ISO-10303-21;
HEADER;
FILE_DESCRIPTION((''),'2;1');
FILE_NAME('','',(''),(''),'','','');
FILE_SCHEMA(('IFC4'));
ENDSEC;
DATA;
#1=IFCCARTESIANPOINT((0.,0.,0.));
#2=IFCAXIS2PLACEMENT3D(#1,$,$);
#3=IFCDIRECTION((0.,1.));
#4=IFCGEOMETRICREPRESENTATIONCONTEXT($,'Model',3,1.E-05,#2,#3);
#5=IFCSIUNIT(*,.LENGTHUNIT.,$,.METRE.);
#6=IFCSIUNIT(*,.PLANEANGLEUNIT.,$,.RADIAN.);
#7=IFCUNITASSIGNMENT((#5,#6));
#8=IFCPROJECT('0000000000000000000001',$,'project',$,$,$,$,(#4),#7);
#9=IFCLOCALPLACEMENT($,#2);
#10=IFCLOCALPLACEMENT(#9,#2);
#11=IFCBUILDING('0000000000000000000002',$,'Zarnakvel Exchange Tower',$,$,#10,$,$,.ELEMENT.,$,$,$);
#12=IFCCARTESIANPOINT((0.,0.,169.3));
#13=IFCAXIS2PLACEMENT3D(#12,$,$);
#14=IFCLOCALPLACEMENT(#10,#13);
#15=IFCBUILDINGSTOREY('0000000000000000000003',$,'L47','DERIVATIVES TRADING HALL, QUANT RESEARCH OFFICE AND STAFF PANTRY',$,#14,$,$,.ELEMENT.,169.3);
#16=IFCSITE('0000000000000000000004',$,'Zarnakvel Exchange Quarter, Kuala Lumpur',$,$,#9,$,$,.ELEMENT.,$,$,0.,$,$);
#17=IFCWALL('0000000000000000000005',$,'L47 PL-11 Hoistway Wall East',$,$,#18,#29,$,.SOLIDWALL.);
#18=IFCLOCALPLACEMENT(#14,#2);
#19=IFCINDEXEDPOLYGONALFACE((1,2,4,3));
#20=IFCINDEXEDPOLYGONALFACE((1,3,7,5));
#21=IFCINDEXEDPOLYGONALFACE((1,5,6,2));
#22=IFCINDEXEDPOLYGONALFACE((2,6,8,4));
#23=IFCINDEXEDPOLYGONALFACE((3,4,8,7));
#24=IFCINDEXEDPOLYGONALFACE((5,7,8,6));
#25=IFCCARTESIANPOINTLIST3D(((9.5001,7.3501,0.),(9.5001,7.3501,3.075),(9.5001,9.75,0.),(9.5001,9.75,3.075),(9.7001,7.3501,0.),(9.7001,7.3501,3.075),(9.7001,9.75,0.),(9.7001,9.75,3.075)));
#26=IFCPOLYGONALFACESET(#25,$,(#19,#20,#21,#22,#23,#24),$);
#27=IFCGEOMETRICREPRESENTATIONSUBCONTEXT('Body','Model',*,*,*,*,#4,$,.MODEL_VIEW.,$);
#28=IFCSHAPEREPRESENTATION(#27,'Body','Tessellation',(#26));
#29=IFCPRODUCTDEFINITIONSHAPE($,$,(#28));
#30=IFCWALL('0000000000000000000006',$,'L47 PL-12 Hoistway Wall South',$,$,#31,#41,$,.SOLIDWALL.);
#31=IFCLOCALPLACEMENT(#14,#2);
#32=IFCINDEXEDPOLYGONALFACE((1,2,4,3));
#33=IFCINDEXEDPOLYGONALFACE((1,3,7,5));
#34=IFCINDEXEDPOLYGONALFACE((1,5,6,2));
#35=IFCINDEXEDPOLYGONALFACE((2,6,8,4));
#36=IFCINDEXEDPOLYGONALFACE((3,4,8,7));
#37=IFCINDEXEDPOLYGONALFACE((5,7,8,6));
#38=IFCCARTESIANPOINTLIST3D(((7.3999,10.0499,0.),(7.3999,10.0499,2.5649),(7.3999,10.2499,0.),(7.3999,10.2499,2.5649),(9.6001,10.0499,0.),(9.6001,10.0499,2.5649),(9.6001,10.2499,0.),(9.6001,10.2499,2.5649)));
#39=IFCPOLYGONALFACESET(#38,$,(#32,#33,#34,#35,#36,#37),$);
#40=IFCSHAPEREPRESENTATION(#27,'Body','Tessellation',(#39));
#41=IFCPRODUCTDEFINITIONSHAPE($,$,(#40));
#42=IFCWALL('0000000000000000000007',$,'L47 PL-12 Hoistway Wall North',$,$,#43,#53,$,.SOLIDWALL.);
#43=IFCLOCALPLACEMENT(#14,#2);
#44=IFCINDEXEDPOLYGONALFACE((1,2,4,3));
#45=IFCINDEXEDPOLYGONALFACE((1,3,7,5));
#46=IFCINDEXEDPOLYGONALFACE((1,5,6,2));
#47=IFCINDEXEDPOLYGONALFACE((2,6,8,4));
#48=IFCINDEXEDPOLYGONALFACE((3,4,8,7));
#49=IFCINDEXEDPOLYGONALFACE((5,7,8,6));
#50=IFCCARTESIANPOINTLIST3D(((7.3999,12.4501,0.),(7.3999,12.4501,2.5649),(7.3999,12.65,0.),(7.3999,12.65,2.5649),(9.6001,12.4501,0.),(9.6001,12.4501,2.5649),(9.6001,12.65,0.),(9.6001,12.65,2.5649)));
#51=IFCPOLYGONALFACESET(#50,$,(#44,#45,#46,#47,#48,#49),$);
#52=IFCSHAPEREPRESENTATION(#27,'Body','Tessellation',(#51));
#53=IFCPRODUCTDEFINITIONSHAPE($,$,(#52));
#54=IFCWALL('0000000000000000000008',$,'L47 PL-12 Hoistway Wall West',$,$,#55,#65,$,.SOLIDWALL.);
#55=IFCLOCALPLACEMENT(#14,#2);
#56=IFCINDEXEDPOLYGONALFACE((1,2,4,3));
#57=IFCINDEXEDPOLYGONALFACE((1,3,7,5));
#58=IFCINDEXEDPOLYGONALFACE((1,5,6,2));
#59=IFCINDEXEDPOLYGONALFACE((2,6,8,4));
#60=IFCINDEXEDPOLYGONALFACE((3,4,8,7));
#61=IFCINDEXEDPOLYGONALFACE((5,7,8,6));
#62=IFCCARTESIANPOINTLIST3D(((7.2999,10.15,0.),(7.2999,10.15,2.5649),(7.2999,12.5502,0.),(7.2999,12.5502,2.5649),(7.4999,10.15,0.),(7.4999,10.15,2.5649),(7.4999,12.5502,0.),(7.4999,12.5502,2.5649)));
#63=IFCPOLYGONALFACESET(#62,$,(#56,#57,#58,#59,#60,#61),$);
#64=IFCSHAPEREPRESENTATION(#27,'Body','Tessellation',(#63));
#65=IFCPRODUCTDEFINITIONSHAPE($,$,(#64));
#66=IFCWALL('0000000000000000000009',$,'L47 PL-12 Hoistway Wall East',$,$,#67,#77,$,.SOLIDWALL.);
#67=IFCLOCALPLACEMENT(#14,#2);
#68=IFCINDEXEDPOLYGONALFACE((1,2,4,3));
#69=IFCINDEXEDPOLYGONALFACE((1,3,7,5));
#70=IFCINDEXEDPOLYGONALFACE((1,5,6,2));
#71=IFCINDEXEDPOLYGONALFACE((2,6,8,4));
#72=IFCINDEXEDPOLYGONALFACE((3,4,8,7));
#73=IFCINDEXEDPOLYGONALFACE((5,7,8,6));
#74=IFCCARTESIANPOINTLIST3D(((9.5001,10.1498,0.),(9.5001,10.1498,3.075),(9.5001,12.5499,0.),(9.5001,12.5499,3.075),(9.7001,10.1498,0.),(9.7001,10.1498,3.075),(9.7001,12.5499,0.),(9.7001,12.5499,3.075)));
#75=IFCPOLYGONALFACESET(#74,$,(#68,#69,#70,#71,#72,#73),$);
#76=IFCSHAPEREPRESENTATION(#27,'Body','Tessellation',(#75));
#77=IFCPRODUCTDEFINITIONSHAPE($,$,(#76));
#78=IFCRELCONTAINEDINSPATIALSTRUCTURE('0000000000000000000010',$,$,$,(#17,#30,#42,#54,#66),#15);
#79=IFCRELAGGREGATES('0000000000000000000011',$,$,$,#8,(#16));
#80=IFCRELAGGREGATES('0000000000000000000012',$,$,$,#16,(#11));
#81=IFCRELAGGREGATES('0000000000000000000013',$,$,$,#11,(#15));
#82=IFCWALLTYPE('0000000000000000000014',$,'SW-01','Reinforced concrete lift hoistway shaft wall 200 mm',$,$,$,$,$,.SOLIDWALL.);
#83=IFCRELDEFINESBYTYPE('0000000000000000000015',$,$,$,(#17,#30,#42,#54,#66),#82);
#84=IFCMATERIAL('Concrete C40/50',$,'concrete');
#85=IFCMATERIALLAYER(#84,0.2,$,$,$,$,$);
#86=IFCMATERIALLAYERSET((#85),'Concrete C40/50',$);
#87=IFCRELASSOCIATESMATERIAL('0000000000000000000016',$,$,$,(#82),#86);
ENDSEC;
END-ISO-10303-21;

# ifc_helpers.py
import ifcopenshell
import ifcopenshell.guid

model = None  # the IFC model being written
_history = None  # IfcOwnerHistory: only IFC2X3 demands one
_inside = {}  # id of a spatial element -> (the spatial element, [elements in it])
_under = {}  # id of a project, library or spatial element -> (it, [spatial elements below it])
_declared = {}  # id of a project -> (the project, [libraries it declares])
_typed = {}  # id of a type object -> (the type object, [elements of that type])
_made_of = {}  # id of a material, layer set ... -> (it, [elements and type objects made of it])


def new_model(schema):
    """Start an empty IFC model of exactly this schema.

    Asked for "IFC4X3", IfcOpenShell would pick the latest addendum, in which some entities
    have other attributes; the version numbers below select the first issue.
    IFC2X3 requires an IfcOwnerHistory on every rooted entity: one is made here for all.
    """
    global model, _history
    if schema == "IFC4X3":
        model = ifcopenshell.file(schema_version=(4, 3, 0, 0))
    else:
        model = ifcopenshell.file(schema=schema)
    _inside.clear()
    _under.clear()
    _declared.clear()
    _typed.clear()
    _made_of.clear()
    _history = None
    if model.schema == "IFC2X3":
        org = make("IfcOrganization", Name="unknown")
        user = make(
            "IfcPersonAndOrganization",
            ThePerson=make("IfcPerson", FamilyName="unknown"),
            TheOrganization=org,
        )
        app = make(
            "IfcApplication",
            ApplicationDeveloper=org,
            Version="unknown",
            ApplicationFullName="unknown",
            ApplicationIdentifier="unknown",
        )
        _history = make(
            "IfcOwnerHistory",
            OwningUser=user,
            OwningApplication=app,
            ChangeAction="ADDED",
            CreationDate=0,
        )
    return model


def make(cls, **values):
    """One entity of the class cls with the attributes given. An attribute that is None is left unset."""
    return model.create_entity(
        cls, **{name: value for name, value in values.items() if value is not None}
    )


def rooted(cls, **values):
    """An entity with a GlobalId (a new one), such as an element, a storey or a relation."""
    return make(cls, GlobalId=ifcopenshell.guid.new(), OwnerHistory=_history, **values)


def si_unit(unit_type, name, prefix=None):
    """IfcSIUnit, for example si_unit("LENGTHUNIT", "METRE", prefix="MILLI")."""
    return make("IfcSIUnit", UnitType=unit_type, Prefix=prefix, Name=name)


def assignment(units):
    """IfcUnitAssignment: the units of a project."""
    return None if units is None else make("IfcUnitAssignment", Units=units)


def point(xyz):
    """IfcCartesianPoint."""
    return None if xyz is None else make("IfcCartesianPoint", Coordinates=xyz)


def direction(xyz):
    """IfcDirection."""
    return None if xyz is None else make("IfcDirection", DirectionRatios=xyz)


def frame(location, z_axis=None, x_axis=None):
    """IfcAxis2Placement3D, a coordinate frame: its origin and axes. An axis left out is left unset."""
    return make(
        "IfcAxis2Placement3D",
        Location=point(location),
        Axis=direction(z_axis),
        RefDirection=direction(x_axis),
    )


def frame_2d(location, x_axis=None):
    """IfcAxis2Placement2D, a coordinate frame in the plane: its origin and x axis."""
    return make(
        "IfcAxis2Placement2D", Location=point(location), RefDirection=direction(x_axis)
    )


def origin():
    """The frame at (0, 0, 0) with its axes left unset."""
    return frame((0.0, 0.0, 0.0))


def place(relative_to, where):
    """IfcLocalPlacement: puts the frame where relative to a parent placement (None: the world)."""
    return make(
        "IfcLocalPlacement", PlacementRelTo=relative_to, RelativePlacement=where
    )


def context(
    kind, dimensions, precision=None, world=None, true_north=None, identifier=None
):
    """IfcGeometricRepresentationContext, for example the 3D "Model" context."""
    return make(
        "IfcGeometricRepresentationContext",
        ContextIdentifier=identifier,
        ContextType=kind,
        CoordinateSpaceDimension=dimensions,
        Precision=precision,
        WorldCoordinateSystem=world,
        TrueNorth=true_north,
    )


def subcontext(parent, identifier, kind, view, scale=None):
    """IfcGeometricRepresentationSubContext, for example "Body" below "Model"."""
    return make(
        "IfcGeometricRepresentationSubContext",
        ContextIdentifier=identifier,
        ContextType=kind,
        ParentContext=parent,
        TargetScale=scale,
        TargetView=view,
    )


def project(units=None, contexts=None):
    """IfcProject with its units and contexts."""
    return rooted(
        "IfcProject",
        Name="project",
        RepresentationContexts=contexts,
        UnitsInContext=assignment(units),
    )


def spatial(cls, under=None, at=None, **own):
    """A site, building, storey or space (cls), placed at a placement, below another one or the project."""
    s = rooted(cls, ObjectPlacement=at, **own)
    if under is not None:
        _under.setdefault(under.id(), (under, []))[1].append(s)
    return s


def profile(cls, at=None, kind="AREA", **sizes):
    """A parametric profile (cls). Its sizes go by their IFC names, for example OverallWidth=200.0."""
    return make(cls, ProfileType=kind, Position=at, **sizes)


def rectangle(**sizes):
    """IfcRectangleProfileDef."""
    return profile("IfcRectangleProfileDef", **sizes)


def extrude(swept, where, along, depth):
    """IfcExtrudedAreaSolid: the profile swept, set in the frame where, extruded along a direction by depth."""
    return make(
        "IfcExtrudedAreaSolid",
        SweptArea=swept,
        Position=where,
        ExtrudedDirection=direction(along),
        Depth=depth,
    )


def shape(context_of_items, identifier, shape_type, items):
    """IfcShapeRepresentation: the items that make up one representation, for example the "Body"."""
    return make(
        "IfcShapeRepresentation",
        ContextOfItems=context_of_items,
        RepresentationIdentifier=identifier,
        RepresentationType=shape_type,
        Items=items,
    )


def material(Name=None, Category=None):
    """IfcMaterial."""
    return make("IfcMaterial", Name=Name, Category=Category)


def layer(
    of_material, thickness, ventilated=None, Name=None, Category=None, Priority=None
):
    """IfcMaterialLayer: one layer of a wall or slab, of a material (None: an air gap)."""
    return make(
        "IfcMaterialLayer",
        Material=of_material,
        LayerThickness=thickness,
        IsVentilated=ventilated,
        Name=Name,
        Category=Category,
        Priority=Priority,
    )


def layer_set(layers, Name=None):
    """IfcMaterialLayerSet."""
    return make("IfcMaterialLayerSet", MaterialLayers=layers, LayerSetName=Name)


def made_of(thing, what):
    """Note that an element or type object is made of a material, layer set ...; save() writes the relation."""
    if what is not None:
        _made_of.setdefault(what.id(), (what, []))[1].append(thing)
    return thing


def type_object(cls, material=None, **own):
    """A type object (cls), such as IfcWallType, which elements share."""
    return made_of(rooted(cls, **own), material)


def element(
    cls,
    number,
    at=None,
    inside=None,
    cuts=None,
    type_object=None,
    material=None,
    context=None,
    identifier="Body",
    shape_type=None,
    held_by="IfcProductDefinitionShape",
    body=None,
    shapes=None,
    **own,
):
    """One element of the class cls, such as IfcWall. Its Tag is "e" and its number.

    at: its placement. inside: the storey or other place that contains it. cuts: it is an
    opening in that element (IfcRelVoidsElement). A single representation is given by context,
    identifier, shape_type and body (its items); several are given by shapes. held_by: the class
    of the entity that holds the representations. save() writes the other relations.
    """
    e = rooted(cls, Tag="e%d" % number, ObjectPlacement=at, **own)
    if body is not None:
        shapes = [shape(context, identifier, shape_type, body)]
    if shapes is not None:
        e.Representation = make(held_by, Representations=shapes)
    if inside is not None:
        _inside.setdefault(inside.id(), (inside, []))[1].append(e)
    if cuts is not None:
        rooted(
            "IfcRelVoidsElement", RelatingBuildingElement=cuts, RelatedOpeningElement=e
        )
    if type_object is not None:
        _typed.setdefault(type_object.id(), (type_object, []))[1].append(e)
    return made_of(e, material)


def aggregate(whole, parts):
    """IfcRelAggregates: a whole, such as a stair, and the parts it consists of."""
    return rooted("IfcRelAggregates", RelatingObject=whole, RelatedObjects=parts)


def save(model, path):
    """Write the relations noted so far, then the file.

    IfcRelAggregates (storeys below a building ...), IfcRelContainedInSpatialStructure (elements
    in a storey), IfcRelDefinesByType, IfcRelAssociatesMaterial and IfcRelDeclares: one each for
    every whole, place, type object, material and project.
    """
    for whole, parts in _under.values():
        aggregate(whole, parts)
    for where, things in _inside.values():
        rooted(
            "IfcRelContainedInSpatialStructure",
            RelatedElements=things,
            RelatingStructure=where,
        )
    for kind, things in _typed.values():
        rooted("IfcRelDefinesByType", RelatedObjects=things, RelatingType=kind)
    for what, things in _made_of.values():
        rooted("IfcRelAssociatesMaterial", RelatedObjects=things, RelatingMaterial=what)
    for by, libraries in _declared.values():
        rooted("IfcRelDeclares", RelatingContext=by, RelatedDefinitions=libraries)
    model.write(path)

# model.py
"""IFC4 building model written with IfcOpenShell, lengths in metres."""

from ifc_helpers import new_model, si_unit, direction, frame, frame_2d, origin, place, context, subcontext, project, spatial, rectangle, extrude, material, layer, layer_set, type_object, element, save


model = new_model("IFC4")

# Units and contexts
model_context = context("Model", 3, precision=1e-05, world=origin(), true_north=direction((0.0, 1.0)))
body_context = subcontext(model_context, "Body", "Model", "MODEL_VIEW")
ifc_project = project(units=[si_unit("LENGTHUNIT", "METRE"), si_unit("PLANEANGLEUNIT", "RADIAN")], contexts=[model_context])

# Site, building, storey
site_placement = place(None, origin())
site = spatial("IfcSite", under=ifc_project, at=site_placement, Name="Zarnakvel Exchange Quarter, Kuala Lumpur", CompositionType="ELEMENT", RefElevation=0.0)
building_placement = place(site_placement, origin())
building = spatial("IfcBuilding", under=site, at=building_placement, Name="Zarnakvel Exchange Tower", CompositionType="ELEMENT")
storey_placement = place(building_placement, frame((0.0, 0.0, 169.3)))
storey = spatial("IfcBuildingStorey", under=building, at=storey_placement, Name="L47", Description="DERIVATIVES TRADING HALL, QUANT RESEARCH OFFICE AND STAFF PANTRY", CompositionType="ELEMENT", Elevation=169.3)

# Walls
ifc_material_1 = material(Name="Concrete C40/50", Category="concrete")
ifc_layer_1 = layer(ifc_material_1, 0.2)
ifc_layer_set_1 = layer_set([ifc_layer_1], Name="Concrete C40/50")
wall_type_1 = type_object("IfcWallType", Name="SW-01", Description="Reinforced concrete lift hoistway shaft wall 200 mm", PredefinedType="SOLIDWALL", material=ifc_layer_set_1)
wall_1_placement = place(storey_placement, frame((9.6001, 9.75, 0.0), z_axis=(0.0, 0.0, 1.0), x_axis=(0.0, -1.0, 0.0)))
element("IfcWall", 1, at=wall_1_placement, inside=storey, type_object=wall_type_1, Name="L47 PL-11 Hoistway Wall East", PredefinedType="SOLIDWALL", context=body_context, shape_type="SweptSolid", body=[
    extrude(rectangle(XDim=2.3999, YDim=0.2, at=frame_2d((1.2, 0.0))), origin(), (0.0, 0.0, 1.0), 3.075),
])
for number, where, z_axis, x_axis, name in (
    (2, (9.6001, 10.1499, 0.0), (0.0, 0.0, 1.0), (-1.0, 0.0, 0.0), "L47 PL-12 Hoistway Wall South"),
    (3, (7.3999, 12.55, 0.0), (0.0, 0.0, 1.0), (1.0, 0.0, 0.0), "L47 PL-12 Hoistway Wall North"),
):
    element("IfcWall", number, at=place(storey_placement, frame(where, z_axis=z_axis, x_axis=x_axis)), inside=storey, type_object=wall_type_1, Name=name, PredefinedType="SOLIDWALL", context=body_context, shape_type="SweptSolid", body=[
        extrude(rectangle(XDim=2.2002, YDim=0.2, at=frame_2d((1.1001, 0.0))), origin(), (0.0, 0.0, 1.0), 2.5649),
    ])
wall_2_placement = place(storey_placement, frame((7.3999, 10.1499, 0.0), z_axis=(0.0, 0.0, 1.0), x_axis=(0.0, 1.0, 0.0)))
element("IfcWall", 4, at=wall_2_placement, inside=storey, type_object=wall_type_1, Name="L47 PL-12 Hoistway Wall West", PredefinedType="SOLIDWALL", context=body_context, shape_type="SweptSolid", body=[
    extrude(rectangle(XDim=2.4001, YDim=0.2, at=frame_2d((1.2002, 0.0))), origin(), (0.0, 0.0, 1.0), 2.5649),
])
wall_3_placement = place(storey_placement, frame((9.6001, 12.55, 0.0), z_axis=(0.0, 0.0, 1.0), x_axis=(0.0, -1.0, 0.0)))
element("IfcWall", 5, at=wall_3_placement, inside=storey, type_object=wall_type_1, Name="L47 PL-12 Hoistway Wall East", PredefinedType="SOLIDWALL", context=body_context, shape_type="SweptSolid", body=[
    extrude(rectangle(XDim=2.4001, YDim=0.2, at=frame_2d((1.2002, 0.0))), origin(), (0.0, 0.0, 1.0), 3.075),
])

save(model, "model.ifc")
